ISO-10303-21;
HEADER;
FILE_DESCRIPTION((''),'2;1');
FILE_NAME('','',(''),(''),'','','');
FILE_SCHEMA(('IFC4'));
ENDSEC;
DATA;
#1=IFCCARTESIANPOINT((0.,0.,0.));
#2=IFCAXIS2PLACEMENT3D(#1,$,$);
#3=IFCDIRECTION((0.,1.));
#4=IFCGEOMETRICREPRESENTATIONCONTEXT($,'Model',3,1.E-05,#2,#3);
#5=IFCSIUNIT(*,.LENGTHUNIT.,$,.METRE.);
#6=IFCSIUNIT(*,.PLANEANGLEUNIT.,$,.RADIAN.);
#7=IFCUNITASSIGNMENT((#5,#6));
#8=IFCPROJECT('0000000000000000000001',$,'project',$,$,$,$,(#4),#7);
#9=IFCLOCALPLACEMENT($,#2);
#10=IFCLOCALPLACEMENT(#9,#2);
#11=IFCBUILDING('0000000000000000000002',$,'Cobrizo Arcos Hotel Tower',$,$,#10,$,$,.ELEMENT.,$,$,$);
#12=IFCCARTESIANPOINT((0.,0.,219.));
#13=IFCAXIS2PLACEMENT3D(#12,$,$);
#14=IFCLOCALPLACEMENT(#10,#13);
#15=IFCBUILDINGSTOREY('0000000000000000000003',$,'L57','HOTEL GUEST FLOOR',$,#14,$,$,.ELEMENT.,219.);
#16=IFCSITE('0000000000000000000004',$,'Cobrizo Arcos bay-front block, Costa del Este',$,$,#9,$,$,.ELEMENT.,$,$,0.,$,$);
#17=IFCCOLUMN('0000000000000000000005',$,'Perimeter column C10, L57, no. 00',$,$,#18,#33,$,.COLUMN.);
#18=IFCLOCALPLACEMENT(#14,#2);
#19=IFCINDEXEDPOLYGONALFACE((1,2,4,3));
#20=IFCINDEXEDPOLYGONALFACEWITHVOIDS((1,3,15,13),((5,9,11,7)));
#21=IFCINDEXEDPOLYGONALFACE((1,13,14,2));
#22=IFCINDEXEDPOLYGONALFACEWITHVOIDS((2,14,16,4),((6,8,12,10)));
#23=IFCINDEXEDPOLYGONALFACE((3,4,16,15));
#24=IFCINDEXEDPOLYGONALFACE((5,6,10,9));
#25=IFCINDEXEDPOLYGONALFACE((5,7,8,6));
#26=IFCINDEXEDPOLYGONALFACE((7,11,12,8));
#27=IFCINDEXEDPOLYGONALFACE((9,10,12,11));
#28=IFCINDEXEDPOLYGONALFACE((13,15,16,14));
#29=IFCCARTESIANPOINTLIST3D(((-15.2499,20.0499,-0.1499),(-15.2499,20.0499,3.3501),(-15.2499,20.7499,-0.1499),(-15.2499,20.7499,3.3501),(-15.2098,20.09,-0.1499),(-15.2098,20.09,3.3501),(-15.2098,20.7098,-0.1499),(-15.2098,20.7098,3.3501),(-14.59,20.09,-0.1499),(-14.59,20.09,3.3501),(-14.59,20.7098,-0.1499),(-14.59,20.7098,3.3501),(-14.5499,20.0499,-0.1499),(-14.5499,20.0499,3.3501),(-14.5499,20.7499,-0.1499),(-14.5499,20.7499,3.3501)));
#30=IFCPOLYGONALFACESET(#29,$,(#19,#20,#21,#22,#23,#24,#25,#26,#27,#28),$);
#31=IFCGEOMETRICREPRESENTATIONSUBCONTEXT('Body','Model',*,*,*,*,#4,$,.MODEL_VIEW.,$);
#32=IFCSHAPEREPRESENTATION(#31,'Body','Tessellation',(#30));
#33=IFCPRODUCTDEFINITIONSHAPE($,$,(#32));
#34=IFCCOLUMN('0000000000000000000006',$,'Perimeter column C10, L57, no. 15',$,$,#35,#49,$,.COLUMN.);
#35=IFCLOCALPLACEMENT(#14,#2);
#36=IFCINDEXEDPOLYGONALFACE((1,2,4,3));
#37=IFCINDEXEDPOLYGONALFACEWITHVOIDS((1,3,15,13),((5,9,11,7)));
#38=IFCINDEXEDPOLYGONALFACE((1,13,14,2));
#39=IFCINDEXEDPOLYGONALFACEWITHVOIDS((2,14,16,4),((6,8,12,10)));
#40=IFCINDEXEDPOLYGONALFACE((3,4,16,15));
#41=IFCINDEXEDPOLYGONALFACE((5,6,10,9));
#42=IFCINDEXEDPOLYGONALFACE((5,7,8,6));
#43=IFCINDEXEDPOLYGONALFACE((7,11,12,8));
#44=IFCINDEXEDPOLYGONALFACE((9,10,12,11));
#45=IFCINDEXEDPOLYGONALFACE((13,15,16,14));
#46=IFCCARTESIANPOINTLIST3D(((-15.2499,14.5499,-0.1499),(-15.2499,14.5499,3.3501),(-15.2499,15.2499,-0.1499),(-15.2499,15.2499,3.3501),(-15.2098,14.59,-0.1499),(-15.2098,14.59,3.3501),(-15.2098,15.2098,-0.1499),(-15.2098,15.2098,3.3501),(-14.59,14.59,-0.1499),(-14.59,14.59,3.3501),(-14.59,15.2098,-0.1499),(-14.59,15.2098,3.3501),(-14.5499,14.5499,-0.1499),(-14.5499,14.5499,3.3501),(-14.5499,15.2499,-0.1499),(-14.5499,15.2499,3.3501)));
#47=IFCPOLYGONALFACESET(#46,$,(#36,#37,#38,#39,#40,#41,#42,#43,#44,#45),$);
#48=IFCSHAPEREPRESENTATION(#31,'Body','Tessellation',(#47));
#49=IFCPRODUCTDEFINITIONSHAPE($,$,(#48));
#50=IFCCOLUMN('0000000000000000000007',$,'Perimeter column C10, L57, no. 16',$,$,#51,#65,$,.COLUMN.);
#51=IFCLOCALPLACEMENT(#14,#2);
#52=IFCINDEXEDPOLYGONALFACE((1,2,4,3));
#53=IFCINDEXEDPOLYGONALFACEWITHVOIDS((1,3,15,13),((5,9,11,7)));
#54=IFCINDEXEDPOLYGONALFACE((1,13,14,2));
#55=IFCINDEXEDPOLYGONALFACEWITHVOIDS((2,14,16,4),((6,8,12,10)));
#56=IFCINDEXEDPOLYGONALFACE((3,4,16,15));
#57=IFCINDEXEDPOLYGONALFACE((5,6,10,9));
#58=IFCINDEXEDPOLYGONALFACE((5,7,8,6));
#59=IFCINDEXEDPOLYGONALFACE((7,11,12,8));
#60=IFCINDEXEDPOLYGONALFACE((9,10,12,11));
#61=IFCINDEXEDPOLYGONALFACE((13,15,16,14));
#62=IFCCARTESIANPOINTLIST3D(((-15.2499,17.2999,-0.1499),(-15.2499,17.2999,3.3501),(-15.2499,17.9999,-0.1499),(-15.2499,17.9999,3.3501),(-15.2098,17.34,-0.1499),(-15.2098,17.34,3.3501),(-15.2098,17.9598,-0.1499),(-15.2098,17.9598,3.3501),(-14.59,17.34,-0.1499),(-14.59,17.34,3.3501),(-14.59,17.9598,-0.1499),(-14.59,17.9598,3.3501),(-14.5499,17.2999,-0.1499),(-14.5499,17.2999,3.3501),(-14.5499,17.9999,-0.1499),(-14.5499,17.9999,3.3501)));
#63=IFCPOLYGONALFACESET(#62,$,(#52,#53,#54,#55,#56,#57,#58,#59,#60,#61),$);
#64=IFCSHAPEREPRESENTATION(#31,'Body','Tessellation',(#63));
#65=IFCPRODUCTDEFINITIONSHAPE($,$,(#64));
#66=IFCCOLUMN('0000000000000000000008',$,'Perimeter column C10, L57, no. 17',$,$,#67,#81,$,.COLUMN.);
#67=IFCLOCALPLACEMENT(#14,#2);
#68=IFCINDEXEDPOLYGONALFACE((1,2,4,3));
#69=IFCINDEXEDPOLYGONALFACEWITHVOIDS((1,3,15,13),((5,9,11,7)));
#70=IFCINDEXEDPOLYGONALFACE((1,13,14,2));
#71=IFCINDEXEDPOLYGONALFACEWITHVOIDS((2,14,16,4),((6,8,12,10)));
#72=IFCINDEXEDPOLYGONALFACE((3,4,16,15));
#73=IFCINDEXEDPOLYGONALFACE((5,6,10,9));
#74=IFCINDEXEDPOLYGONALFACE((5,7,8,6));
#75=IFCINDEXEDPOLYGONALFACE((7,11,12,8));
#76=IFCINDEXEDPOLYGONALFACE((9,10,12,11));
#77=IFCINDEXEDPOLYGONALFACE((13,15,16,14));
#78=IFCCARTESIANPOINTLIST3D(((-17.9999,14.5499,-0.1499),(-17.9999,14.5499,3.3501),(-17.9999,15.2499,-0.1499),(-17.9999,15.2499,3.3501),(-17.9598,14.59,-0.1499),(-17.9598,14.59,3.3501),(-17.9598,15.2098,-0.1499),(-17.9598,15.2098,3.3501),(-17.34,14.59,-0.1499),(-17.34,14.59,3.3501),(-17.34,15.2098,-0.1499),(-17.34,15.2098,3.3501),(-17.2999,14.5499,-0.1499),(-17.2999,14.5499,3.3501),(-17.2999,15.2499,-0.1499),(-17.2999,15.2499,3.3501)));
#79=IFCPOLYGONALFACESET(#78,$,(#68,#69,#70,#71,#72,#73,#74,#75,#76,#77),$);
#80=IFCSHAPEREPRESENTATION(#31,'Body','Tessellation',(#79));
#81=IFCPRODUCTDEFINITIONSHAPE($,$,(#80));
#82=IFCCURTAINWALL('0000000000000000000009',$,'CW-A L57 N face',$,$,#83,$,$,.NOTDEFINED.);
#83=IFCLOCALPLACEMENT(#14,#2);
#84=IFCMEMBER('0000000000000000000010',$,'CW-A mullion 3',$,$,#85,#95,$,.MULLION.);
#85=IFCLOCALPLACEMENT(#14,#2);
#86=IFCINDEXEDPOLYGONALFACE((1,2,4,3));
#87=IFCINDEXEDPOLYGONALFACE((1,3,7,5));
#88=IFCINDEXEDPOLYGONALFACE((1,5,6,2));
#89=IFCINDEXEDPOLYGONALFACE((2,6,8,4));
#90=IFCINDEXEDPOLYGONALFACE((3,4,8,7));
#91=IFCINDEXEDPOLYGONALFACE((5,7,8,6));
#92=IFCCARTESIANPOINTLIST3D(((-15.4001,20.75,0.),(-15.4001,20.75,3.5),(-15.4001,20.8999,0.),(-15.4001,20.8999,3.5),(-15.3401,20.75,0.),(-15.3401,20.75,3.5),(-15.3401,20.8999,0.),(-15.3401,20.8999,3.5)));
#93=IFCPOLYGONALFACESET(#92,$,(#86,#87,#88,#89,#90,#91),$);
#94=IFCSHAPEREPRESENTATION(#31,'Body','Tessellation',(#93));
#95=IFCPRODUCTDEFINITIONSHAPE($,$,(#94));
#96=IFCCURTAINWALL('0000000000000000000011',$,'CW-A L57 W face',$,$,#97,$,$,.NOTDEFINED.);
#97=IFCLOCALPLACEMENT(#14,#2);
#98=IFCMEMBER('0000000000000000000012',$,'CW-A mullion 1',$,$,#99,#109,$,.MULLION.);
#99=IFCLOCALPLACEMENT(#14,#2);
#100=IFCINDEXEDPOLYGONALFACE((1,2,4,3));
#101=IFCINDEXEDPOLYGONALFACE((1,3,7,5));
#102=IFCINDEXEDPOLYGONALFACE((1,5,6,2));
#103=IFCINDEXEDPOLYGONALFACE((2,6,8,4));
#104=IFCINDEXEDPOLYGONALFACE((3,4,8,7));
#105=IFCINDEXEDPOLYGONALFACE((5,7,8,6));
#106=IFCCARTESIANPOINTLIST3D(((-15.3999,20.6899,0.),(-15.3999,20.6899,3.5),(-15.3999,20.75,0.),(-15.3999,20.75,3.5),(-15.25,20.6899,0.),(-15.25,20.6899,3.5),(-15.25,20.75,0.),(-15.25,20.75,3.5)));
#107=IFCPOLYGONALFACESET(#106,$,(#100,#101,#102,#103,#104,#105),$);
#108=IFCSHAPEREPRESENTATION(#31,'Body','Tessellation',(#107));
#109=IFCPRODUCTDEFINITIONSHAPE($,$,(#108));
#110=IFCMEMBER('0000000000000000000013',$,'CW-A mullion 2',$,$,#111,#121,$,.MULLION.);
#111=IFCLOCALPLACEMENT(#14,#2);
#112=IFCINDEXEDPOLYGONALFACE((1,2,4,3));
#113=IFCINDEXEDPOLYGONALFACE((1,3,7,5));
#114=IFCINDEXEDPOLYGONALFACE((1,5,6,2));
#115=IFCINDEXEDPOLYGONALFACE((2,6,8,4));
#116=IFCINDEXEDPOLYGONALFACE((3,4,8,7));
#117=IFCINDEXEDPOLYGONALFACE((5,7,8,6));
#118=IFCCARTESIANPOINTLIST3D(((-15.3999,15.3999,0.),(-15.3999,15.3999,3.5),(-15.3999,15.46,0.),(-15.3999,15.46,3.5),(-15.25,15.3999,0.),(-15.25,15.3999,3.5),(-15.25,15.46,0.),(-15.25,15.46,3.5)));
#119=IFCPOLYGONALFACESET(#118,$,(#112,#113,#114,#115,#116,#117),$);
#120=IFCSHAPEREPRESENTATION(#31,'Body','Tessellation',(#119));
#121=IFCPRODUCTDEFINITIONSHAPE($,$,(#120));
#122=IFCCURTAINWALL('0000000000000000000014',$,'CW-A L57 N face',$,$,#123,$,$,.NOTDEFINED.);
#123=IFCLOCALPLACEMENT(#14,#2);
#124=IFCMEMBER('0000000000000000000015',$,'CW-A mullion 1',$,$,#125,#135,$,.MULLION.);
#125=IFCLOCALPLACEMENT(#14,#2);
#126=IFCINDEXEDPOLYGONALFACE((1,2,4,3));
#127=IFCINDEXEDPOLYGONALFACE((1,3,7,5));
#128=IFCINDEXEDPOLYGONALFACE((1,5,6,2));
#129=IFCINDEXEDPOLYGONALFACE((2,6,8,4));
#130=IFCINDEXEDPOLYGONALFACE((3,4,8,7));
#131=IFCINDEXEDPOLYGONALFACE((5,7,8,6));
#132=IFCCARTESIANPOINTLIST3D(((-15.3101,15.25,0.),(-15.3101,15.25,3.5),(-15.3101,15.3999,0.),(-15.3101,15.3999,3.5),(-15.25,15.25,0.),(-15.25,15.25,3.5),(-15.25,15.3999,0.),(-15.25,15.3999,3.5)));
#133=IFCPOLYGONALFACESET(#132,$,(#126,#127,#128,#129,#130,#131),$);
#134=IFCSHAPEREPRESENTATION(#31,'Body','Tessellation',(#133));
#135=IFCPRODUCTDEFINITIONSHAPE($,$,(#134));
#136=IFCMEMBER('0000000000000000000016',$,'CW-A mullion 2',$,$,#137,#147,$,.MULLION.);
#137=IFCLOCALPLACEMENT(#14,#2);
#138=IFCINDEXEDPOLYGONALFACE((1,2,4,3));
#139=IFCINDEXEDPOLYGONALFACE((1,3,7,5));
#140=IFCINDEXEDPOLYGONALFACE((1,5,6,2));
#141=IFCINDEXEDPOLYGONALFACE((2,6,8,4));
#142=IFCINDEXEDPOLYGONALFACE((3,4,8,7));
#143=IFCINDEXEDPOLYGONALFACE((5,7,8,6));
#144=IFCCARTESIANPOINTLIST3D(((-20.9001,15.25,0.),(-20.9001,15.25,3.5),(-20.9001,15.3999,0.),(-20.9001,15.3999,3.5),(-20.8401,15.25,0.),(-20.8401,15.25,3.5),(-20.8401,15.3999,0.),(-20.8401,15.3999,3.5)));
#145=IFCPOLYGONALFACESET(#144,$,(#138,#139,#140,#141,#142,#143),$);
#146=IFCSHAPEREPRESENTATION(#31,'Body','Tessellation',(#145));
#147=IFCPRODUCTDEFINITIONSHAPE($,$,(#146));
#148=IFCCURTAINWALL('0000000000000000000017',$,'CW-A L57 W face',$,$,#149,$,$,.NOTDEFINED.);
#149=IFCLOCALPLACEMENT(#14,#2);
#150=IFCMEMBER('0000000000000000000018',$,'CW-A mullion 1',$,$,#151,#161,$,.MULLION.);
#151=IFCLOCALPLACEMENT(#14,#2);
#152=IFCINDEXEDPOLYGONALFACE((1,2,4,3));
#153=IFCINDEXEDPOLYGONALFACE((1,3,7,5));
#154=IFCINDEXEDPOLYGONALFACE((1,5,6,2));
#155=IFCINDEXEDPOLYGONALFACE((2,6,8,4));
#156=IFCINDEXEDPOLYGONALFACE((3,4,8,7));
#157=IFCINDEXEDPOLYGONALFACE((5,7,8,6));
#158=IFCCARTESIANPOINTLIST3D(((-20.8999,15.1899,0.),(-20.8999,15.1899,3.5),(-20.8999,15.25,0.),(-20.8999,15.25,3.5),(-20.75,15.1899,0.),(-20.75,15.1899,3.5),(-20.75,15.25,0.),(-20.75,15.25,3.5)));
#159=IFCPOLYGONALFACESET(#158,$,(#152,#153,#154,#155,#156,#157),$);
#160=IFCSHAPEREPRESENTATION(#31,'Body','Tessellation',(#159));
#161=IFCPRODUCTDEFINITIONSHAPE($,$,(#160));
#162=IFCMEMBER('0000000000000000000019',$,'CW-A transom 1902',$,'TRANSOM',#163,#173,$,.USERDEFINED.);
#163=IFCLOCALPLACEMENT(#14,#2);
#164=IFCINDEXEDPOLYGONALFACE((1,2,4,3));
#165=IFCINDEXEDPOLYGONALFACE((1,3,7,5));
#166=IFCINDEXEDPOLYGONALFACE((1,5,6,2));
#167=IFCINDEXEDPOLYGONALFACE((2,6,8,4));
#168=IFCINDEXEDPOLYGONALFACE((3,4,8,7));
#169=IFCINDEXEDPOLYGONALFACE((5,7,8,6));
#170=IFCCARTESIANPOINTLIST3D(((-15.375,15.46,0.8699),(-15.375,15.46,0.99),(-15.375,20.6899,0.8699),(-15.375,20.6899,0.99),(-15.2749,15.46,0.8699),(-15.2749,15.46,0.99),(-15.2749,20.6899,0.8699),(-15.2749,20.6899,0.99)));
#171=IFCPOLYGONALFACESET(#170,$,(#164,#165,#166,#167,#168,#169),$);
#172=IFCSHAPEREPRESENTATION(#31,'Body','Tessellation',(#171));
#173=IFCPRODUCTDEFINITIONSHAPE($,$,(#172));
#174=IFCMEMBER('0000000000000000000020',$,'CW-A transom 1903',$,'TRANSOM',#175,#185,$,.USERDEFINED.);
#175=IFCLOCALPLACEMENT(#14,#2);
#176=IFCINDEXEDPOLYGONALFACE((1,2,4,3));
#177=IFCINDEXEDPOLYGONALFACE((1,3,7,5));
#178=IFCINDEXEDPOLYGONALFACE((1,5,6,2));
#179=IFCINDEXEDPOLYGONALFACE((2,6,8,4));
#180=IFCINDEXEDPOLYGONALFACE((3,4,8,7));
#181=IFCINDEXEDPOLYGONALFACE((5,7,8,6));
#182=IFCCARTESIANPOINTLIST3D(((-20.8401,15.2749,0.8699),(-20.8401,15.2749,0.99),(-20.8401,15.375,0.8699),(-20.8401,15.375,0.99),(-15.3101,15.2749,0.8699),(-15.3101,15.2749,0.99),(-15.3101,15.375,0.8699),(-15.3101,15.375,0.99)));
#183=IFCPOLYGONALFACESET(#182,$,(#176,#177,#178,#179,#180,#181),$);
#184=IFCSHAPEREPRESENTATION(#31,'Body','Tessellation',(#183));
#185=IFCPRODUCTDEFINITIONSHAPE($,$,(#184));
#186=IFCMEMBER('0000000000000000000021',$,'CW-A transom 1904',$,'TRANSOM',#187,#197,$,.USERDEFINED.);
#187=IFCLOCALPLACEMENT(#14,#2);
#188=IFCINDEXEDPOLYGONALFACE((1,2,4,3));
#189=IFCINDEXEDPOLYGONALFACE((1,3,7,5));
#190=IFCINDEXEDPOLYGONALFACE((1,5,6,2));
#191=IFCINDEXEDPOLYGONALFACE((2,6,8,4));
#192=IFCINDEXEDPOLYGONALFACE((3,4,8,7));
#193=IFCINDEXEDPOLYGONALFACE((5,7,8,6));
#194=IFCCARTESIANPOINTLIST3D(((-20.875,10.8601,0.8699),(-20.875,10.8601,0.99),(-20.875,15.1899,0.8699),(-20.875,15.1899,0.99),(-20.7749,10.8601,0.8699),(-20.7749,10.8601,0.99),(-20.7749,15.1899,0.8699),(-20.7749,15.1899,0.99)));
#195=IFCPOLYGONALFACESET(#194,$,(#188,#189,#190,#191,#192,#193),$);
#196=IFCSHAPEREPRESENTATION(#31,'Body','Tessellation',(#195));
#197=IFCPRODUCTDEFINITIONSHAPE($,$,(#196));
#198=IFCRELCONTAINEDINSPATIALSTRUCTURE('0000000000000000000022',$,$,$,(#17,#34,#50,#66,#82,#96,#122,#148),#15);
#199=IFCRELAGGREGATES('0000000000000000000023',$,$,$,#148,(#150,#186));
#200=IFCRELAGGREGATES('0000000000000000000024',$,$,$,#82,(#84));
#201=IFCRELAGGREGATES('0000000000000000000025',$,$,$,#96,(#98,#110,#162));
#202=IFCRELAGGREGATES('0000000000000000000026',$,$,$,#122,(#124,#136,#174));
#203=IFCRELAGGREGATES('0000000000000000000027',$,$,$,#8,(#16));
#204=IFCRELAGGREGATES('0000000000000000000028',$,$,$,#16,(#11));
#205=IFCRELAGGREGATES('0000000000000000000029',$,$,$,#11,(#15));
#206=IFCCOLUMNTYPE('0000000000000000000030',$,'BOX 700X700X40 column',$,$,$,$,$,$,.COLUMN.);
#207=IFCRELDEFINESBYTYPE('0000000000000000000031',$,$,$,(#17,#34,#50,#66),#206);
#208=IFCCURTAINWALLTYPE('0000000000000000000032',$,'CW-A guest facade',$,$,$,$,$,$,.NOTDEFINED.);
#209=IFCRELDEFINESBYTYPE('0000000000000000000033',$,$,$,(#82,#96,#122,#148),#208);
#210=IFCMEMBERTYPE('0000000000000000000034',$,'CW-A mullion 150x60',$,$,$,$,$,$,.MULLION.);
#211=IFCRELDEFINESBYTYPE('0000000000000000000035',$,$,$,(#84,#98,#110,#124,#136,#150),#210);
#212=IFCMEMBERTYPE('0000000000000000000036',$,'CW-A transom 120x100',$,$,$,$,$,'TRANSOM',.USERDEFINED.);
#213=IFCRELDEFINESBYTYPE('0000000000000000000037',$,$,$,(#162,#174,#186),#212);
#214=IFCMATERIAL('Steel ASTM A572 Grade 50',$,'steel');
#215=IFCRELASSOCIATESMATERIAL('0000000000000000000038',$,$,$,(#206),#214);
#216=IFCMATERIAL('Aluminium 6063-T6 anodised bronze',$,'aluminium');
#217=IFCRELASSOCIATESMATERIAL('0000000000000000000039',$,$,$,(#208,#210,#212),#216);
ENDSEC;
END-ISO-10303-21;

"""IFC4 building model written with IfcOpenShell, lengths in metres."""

from ifc_helpers import new_model, si_unit, direction, frame, origin, origin_2d, place, context, subcontext, project, spatial, rectangle, hollow_rectangle, extrude, material, material_profile, profile_set, type_object, element, aggregate, save


model = new_model("IFC4")

# Units and contexts
model_context = context("Model", 3, precision=1e-05, world=origin(), true_north=direction((0.0, 1.0)))
body_context = subcontext(model_context, "Body", "Model", "MODEL_VIEW")
ifc_project = project(units=[si_unit("LENGTHUNIT", "METRE"), si_unit("PLANEANGLEUNIT", "RADIAN")], contexts=[model_context])

# Site, building, storey
site_placement = place(None, origin())
site = spatial("IfcSite", under=ifc_project, at=site_placement, Name="Cobrizo Arcos bay-front block, Costa del Este", CompositionType="ELEMENT", RefElevation=0.0)
building_placement = place(site_placement, origin())
building = spatial("IfcBuilding", under=site, at=building_placement, Name="Cobrizo Arcos Hotel Tower", CompositionType="ELEMENT")
storey_placement = place(building_placement, frame((0.0, 0.0, 219.0)))
storey = spatial("IfcBuildingStorey", under=building, at=storey_placement, Name="L57", Description="HOTEL GUEST FLOOR", CompositionType="ELEMENT", Elevation=219.0)

# Columns
ifc_material_1 = material(Name="Steel ASTM A572 Grade 50", Category="steel")
ifc_material_profile_1 = material_profile(ifc_material_1, hollow_rectangle(XDim=0.7, YDim=0.7, WallThickness=0.04, at=origin_2d()), Name="BOX 700X700X40")
ifc_profile_set_1 = profile_set([ifc_material_profile_1], Name="Steel ASTM A572 Grade 50")
column_type = type_object("IfcColumnType", Name="BOX 700X700X40 column", PredefinedType="COLUMN", material=ifc_profile_set_1)
for number, where, z_axis, x_axis, name in (
    (1, (-14.8999, 20.3999, -0.1499), (0.0, 0.0, 1.0), (1.0, 0.0, 0.0), "Perimeter column C10, L57, no. 00"),
    (2, (-14.8999, 14.8999, -0.1499), (0.0, 0.0, 1.0), (1.0, 0.0, 0.0), "Perimeter column C10, L57, no. 15"),
    (3, (-14.8999, 17.6499, -0.1499), (0.0, 0.0, 1.0), (1.0, 0.0, 0.0), "Perimeter column C10, L57, no. 16"),
    (4, (-17.6499, 14.8999, -0.1499), (0.0, 0.0, 1.0), (1.0, 0.0, 0.0), "Perimeter column C10, L57, no. 17"),
):
    element("IfcColumn", number, at=place(storey_placement, frame(where, z_axis=z_axis, x_axis=x_axis)), inside=storey, type_object=column_type, Name=name, PredefinedType="COLUMN", context=body_context, shape_type="SweptSolid", body=[
        extrude(hollow_rectangle(XDim=0.7, YDim=0.7, WallThickness=0.04, at=origin_2d()), origin(), (0.0, 0.0, 1.0), 3.5),
    ])

# Curtain wall, member
ifc_material_2 = material(Name="Aluminium 6063-T6 anodised bronze", Category="aluminium")
curtain_wall_type = type_object("IfcCurtainWallType", Name="CW-A guest facade", PredefinedType="NOTDEFINED", material=ifc_material_2)
curtain_wall_1_placement = place(storey_placement, origin())
curtain_wall_1 = element("IfcCurtainWall", 5, at=curtain_wall_1_placement, inside=storey, type_object=curtain_wall_type, Name="CW-A L57 N face", PredefinedType="NOTDEFINED")
ifc_material_profile_2 = material_profile(ifc_material_2, rectangle(XDim=0.1499, YDim=0.0601, at=origin_2d()), Name="CW-A mullion 150x60")
ifc_profile_set_2 = profile_set([ifc_material_profile_2], Name="Aluminium 6063-T6 anodised bronze")
member_type_1 = type_object("IfcMemberType", Name="CW-A mullion 150x60", PredefinedType="MULLION", material=ifc_profile_set_2)
member_1_placement = place(storey_placement, frame((-15.3701, 20.825, 0.0), z_axis=(0.0, 0.0, 1.0), x_axis=(0.0, 1.0, 0.0)))
member_1 = element("IfcMember", 6, at=member_1_placement, type_object=member_type_1, Name="CW-A mullion 3", PredefinedType="MULLION", context=body_context, shape_type="SweptSolid", body=[
    extrude(rectangle(XDim=0.1499, YDim=0.0601, at=origin_2d()), origin(), (0.0, 0.0, 1.0), 3.5),
])

# Curtain walls, members
curtain_wall_2_placement = place(storey_placement, origin())
curtain_wall_2 = element("IfcCurtainWall", 7, at=curtain_wall_2_placement, inside=storey, type_object=curtain_wall_type, Name="CW-A L57 W face", PredefinedType="NOTDEFINED")
member_2_placement = place(storey_placement, frame((-15.325, 20.72, 0.0), z_axis=(0.0, 0.0, 1.0), x_axis=(-1.0, 0.0, 0.0)))
member_2 = element("IfcMember", 8, at=member_2_placement, type_object=member_type_1, Name="CW-A mullion 1", PredefinedType="MULLION", context=body_context, shape_type="SweptSolid", body=[
    extrude(rectangle(XDim=0.1499, YDim=0.0601, at=origin_2d()), origin(), (0.0, 0.0, 1.0), 3.5),
])
member_3_placement = place(storey_placement, frame((-15.325, 15.4299, 0.0), z_axis=(0.0, 0.0, 1.0), x_axis=(-1.0, 0.0, 0.0)))
member_3 = element("IfcMember", 9, at=member_3_placement, type_object=member_type_1, Name="CW-A mullion 2", PredefinedType="MULLION", context=body_context, shape_type="SweptSolid", body=[
    extrude(rectangle(XDim=0.1499, YDim=0.0601, at=origin_2d()), origin(), (0.0, 0.0, 1.0), 3.5),
])
curtain_wall_3_placement = place(storey_placement, origin())
curtain_wall_3 = element("IfcCurtainWall", 10, at=curtain_wall_3_placement, inside=storey, type_object=curtain_wall_type, Name="CW-A L57 N face", PredefinedType="NOTDEFINED")
member_4_placement = place(storey_placement, frame((-15.28, 15.325, 0.0), z_axis=(0.0, 0.0, 1.0), x_axis=(0.0, 1.0, 0.0)))
member_4 = element("IfcMember", 11, at=member_4_placement, type_object=member_type_1, Name="CW-A mullion 1", PredefinedType="MULLION", context=body_context, shape_type="SweptSolid", body=[
    extrude(rectangle(XDim=0.1499, YDim=0.0601, at=origin_2d()), origin(), (0.0, 0.0, 1.0), 3.5),
])
member_5_placement = place(storey_placement, frame((-20.8701, 15.325, 0.0), z_axis=(0.0, 0.0, 1.0), x_axis=(0.0, 1.0, 0.0)))
member_5 = element("IfcMember", 12, at=member_5_placement, type_object=member_type_1, Name="CW-A mullion 2", PredefinedType="MULLION", context=body_context, shape_type="SweptSolid", body=[
    extrude(rectangle(XDim=0.1499, YDim=0.0601, at=origin_2d()), origin(), (0.0, 0.0, 1.0), 3.5),
])

# Curtain wall, member
curtain_wall_4_placement = place(storey_placement, origin())
curtain_wall_4 = element("IfcCurtainWall", 13, at=curtain_wall_4_placement, inside=storey, type_object=curtain_wall_type, Name="CW-A L57 W face", PredefinedType="NOTDEFINED")
member_6_placement = place(storey_placement, frame((-20.825, 15.22, 0.0), z_axis=(0.0, 0.0, 1.0), x_axis=(-1.0, 0.0, 0.0)))
member_6 = element("IfcMember", 14, at=member_6_placement, type_object=member_type_1, Name="CW-A mullion 1", PredefinedType="MULLION", context=body_context, shape_type="SweptSolid", body=[
    extrude(rectangle(XDim=0.1499, YDim=0.0601, at=origin_2d()), origin(), (0.0, 0.0, 1.0), 3.5),
])

# Members
ifc_material_profile_3 = material_profile(ifc_material_2, rectangle(XDim=0.1001, YDim=0.1201, at=origin_2d()), Name="CW-A transom 120x100")
ifc_profile_set_3 = profile_set([ifc_material_profile_3], Name="Aluminium 6063-T6 anodised bronze")
member_type_2 = type_object("IfcMemberType", Name="CW-A transom 120x100", ElementType="TRANSOM", PredefinedType="USERDEFINED", material=ifc_profile_set_3)
member_7_placement = place(storey_placement, frame((-15.325, 20.6899, 0.9299), z_axis=(0.0, -1.0, 0.0), x_axis=(1.0, 0.0, 0.0)))
member_7 = element("IfcMember", 15, at=member_7_placement, type_object=member_type_2, Name="CW-A transom 1902", ObjectType="TRANSOM", PredefinedType="USERDEFINED", context=body_context, shape_type="SweptSolid", body=[
    extrude(rectangle(XDim=0.1001, YDim=0.1201, at=origin_2d()), origin(), (0.0, 0.0, 1.0), 5.23),
])
member_8_placement = place(storey_placement, frame((-15.3101, 15.325, 0.9299), z_axis=(-1.0, 0.0, 0.0), x_axis=(0.0, -1.0, 0.0)))
member_8 = element("IfcMember", 16, at=member_8_placement, type_object=member_type_2, Name="CW-A transom 1903", ObjectType="TRANSOM", PredefinedType="USERDEFINED", context=body_context, shape_type="SweptSolid", body=[
    extrude(rectangle(XDim=0.1001, YDim=0.1201, at=origin_2d()), origin(), (0.0, 0.0, 1.0), 5.53),
])
member_9_placement = place(storey_placement, frame((-20.825, 15.1899, 0.9299), z_axis=(0.0, -1.0, 0.0), x_axis=(1.0, 0.0, 0.0)))
member_9 = element("IfcMember", 17, at=member_9_placement, type_object=member_type_2, Name="CW-A transom 1904", ObjectType="TRANSOM", PredefinedType="USERDEFINED", context=body_context, shape_type="SweptSolid", body=[
    extrude(rectangle(XDim=0.1001, YDim=0.1201, at=origin_2d()), origin(), (0.0, 0.0, 1.0), 4.3298),
])
aggregate(curtain_wall_4, [member_6, member_9])

aggregate(curtain_wall_1, [member_1])
aggregate(curtain_wall_2, [member_2, member_3, member_7])
aggregate(curtain_wall_3, [member_4, member_5, member_8])

save(model, "model.ifc")
